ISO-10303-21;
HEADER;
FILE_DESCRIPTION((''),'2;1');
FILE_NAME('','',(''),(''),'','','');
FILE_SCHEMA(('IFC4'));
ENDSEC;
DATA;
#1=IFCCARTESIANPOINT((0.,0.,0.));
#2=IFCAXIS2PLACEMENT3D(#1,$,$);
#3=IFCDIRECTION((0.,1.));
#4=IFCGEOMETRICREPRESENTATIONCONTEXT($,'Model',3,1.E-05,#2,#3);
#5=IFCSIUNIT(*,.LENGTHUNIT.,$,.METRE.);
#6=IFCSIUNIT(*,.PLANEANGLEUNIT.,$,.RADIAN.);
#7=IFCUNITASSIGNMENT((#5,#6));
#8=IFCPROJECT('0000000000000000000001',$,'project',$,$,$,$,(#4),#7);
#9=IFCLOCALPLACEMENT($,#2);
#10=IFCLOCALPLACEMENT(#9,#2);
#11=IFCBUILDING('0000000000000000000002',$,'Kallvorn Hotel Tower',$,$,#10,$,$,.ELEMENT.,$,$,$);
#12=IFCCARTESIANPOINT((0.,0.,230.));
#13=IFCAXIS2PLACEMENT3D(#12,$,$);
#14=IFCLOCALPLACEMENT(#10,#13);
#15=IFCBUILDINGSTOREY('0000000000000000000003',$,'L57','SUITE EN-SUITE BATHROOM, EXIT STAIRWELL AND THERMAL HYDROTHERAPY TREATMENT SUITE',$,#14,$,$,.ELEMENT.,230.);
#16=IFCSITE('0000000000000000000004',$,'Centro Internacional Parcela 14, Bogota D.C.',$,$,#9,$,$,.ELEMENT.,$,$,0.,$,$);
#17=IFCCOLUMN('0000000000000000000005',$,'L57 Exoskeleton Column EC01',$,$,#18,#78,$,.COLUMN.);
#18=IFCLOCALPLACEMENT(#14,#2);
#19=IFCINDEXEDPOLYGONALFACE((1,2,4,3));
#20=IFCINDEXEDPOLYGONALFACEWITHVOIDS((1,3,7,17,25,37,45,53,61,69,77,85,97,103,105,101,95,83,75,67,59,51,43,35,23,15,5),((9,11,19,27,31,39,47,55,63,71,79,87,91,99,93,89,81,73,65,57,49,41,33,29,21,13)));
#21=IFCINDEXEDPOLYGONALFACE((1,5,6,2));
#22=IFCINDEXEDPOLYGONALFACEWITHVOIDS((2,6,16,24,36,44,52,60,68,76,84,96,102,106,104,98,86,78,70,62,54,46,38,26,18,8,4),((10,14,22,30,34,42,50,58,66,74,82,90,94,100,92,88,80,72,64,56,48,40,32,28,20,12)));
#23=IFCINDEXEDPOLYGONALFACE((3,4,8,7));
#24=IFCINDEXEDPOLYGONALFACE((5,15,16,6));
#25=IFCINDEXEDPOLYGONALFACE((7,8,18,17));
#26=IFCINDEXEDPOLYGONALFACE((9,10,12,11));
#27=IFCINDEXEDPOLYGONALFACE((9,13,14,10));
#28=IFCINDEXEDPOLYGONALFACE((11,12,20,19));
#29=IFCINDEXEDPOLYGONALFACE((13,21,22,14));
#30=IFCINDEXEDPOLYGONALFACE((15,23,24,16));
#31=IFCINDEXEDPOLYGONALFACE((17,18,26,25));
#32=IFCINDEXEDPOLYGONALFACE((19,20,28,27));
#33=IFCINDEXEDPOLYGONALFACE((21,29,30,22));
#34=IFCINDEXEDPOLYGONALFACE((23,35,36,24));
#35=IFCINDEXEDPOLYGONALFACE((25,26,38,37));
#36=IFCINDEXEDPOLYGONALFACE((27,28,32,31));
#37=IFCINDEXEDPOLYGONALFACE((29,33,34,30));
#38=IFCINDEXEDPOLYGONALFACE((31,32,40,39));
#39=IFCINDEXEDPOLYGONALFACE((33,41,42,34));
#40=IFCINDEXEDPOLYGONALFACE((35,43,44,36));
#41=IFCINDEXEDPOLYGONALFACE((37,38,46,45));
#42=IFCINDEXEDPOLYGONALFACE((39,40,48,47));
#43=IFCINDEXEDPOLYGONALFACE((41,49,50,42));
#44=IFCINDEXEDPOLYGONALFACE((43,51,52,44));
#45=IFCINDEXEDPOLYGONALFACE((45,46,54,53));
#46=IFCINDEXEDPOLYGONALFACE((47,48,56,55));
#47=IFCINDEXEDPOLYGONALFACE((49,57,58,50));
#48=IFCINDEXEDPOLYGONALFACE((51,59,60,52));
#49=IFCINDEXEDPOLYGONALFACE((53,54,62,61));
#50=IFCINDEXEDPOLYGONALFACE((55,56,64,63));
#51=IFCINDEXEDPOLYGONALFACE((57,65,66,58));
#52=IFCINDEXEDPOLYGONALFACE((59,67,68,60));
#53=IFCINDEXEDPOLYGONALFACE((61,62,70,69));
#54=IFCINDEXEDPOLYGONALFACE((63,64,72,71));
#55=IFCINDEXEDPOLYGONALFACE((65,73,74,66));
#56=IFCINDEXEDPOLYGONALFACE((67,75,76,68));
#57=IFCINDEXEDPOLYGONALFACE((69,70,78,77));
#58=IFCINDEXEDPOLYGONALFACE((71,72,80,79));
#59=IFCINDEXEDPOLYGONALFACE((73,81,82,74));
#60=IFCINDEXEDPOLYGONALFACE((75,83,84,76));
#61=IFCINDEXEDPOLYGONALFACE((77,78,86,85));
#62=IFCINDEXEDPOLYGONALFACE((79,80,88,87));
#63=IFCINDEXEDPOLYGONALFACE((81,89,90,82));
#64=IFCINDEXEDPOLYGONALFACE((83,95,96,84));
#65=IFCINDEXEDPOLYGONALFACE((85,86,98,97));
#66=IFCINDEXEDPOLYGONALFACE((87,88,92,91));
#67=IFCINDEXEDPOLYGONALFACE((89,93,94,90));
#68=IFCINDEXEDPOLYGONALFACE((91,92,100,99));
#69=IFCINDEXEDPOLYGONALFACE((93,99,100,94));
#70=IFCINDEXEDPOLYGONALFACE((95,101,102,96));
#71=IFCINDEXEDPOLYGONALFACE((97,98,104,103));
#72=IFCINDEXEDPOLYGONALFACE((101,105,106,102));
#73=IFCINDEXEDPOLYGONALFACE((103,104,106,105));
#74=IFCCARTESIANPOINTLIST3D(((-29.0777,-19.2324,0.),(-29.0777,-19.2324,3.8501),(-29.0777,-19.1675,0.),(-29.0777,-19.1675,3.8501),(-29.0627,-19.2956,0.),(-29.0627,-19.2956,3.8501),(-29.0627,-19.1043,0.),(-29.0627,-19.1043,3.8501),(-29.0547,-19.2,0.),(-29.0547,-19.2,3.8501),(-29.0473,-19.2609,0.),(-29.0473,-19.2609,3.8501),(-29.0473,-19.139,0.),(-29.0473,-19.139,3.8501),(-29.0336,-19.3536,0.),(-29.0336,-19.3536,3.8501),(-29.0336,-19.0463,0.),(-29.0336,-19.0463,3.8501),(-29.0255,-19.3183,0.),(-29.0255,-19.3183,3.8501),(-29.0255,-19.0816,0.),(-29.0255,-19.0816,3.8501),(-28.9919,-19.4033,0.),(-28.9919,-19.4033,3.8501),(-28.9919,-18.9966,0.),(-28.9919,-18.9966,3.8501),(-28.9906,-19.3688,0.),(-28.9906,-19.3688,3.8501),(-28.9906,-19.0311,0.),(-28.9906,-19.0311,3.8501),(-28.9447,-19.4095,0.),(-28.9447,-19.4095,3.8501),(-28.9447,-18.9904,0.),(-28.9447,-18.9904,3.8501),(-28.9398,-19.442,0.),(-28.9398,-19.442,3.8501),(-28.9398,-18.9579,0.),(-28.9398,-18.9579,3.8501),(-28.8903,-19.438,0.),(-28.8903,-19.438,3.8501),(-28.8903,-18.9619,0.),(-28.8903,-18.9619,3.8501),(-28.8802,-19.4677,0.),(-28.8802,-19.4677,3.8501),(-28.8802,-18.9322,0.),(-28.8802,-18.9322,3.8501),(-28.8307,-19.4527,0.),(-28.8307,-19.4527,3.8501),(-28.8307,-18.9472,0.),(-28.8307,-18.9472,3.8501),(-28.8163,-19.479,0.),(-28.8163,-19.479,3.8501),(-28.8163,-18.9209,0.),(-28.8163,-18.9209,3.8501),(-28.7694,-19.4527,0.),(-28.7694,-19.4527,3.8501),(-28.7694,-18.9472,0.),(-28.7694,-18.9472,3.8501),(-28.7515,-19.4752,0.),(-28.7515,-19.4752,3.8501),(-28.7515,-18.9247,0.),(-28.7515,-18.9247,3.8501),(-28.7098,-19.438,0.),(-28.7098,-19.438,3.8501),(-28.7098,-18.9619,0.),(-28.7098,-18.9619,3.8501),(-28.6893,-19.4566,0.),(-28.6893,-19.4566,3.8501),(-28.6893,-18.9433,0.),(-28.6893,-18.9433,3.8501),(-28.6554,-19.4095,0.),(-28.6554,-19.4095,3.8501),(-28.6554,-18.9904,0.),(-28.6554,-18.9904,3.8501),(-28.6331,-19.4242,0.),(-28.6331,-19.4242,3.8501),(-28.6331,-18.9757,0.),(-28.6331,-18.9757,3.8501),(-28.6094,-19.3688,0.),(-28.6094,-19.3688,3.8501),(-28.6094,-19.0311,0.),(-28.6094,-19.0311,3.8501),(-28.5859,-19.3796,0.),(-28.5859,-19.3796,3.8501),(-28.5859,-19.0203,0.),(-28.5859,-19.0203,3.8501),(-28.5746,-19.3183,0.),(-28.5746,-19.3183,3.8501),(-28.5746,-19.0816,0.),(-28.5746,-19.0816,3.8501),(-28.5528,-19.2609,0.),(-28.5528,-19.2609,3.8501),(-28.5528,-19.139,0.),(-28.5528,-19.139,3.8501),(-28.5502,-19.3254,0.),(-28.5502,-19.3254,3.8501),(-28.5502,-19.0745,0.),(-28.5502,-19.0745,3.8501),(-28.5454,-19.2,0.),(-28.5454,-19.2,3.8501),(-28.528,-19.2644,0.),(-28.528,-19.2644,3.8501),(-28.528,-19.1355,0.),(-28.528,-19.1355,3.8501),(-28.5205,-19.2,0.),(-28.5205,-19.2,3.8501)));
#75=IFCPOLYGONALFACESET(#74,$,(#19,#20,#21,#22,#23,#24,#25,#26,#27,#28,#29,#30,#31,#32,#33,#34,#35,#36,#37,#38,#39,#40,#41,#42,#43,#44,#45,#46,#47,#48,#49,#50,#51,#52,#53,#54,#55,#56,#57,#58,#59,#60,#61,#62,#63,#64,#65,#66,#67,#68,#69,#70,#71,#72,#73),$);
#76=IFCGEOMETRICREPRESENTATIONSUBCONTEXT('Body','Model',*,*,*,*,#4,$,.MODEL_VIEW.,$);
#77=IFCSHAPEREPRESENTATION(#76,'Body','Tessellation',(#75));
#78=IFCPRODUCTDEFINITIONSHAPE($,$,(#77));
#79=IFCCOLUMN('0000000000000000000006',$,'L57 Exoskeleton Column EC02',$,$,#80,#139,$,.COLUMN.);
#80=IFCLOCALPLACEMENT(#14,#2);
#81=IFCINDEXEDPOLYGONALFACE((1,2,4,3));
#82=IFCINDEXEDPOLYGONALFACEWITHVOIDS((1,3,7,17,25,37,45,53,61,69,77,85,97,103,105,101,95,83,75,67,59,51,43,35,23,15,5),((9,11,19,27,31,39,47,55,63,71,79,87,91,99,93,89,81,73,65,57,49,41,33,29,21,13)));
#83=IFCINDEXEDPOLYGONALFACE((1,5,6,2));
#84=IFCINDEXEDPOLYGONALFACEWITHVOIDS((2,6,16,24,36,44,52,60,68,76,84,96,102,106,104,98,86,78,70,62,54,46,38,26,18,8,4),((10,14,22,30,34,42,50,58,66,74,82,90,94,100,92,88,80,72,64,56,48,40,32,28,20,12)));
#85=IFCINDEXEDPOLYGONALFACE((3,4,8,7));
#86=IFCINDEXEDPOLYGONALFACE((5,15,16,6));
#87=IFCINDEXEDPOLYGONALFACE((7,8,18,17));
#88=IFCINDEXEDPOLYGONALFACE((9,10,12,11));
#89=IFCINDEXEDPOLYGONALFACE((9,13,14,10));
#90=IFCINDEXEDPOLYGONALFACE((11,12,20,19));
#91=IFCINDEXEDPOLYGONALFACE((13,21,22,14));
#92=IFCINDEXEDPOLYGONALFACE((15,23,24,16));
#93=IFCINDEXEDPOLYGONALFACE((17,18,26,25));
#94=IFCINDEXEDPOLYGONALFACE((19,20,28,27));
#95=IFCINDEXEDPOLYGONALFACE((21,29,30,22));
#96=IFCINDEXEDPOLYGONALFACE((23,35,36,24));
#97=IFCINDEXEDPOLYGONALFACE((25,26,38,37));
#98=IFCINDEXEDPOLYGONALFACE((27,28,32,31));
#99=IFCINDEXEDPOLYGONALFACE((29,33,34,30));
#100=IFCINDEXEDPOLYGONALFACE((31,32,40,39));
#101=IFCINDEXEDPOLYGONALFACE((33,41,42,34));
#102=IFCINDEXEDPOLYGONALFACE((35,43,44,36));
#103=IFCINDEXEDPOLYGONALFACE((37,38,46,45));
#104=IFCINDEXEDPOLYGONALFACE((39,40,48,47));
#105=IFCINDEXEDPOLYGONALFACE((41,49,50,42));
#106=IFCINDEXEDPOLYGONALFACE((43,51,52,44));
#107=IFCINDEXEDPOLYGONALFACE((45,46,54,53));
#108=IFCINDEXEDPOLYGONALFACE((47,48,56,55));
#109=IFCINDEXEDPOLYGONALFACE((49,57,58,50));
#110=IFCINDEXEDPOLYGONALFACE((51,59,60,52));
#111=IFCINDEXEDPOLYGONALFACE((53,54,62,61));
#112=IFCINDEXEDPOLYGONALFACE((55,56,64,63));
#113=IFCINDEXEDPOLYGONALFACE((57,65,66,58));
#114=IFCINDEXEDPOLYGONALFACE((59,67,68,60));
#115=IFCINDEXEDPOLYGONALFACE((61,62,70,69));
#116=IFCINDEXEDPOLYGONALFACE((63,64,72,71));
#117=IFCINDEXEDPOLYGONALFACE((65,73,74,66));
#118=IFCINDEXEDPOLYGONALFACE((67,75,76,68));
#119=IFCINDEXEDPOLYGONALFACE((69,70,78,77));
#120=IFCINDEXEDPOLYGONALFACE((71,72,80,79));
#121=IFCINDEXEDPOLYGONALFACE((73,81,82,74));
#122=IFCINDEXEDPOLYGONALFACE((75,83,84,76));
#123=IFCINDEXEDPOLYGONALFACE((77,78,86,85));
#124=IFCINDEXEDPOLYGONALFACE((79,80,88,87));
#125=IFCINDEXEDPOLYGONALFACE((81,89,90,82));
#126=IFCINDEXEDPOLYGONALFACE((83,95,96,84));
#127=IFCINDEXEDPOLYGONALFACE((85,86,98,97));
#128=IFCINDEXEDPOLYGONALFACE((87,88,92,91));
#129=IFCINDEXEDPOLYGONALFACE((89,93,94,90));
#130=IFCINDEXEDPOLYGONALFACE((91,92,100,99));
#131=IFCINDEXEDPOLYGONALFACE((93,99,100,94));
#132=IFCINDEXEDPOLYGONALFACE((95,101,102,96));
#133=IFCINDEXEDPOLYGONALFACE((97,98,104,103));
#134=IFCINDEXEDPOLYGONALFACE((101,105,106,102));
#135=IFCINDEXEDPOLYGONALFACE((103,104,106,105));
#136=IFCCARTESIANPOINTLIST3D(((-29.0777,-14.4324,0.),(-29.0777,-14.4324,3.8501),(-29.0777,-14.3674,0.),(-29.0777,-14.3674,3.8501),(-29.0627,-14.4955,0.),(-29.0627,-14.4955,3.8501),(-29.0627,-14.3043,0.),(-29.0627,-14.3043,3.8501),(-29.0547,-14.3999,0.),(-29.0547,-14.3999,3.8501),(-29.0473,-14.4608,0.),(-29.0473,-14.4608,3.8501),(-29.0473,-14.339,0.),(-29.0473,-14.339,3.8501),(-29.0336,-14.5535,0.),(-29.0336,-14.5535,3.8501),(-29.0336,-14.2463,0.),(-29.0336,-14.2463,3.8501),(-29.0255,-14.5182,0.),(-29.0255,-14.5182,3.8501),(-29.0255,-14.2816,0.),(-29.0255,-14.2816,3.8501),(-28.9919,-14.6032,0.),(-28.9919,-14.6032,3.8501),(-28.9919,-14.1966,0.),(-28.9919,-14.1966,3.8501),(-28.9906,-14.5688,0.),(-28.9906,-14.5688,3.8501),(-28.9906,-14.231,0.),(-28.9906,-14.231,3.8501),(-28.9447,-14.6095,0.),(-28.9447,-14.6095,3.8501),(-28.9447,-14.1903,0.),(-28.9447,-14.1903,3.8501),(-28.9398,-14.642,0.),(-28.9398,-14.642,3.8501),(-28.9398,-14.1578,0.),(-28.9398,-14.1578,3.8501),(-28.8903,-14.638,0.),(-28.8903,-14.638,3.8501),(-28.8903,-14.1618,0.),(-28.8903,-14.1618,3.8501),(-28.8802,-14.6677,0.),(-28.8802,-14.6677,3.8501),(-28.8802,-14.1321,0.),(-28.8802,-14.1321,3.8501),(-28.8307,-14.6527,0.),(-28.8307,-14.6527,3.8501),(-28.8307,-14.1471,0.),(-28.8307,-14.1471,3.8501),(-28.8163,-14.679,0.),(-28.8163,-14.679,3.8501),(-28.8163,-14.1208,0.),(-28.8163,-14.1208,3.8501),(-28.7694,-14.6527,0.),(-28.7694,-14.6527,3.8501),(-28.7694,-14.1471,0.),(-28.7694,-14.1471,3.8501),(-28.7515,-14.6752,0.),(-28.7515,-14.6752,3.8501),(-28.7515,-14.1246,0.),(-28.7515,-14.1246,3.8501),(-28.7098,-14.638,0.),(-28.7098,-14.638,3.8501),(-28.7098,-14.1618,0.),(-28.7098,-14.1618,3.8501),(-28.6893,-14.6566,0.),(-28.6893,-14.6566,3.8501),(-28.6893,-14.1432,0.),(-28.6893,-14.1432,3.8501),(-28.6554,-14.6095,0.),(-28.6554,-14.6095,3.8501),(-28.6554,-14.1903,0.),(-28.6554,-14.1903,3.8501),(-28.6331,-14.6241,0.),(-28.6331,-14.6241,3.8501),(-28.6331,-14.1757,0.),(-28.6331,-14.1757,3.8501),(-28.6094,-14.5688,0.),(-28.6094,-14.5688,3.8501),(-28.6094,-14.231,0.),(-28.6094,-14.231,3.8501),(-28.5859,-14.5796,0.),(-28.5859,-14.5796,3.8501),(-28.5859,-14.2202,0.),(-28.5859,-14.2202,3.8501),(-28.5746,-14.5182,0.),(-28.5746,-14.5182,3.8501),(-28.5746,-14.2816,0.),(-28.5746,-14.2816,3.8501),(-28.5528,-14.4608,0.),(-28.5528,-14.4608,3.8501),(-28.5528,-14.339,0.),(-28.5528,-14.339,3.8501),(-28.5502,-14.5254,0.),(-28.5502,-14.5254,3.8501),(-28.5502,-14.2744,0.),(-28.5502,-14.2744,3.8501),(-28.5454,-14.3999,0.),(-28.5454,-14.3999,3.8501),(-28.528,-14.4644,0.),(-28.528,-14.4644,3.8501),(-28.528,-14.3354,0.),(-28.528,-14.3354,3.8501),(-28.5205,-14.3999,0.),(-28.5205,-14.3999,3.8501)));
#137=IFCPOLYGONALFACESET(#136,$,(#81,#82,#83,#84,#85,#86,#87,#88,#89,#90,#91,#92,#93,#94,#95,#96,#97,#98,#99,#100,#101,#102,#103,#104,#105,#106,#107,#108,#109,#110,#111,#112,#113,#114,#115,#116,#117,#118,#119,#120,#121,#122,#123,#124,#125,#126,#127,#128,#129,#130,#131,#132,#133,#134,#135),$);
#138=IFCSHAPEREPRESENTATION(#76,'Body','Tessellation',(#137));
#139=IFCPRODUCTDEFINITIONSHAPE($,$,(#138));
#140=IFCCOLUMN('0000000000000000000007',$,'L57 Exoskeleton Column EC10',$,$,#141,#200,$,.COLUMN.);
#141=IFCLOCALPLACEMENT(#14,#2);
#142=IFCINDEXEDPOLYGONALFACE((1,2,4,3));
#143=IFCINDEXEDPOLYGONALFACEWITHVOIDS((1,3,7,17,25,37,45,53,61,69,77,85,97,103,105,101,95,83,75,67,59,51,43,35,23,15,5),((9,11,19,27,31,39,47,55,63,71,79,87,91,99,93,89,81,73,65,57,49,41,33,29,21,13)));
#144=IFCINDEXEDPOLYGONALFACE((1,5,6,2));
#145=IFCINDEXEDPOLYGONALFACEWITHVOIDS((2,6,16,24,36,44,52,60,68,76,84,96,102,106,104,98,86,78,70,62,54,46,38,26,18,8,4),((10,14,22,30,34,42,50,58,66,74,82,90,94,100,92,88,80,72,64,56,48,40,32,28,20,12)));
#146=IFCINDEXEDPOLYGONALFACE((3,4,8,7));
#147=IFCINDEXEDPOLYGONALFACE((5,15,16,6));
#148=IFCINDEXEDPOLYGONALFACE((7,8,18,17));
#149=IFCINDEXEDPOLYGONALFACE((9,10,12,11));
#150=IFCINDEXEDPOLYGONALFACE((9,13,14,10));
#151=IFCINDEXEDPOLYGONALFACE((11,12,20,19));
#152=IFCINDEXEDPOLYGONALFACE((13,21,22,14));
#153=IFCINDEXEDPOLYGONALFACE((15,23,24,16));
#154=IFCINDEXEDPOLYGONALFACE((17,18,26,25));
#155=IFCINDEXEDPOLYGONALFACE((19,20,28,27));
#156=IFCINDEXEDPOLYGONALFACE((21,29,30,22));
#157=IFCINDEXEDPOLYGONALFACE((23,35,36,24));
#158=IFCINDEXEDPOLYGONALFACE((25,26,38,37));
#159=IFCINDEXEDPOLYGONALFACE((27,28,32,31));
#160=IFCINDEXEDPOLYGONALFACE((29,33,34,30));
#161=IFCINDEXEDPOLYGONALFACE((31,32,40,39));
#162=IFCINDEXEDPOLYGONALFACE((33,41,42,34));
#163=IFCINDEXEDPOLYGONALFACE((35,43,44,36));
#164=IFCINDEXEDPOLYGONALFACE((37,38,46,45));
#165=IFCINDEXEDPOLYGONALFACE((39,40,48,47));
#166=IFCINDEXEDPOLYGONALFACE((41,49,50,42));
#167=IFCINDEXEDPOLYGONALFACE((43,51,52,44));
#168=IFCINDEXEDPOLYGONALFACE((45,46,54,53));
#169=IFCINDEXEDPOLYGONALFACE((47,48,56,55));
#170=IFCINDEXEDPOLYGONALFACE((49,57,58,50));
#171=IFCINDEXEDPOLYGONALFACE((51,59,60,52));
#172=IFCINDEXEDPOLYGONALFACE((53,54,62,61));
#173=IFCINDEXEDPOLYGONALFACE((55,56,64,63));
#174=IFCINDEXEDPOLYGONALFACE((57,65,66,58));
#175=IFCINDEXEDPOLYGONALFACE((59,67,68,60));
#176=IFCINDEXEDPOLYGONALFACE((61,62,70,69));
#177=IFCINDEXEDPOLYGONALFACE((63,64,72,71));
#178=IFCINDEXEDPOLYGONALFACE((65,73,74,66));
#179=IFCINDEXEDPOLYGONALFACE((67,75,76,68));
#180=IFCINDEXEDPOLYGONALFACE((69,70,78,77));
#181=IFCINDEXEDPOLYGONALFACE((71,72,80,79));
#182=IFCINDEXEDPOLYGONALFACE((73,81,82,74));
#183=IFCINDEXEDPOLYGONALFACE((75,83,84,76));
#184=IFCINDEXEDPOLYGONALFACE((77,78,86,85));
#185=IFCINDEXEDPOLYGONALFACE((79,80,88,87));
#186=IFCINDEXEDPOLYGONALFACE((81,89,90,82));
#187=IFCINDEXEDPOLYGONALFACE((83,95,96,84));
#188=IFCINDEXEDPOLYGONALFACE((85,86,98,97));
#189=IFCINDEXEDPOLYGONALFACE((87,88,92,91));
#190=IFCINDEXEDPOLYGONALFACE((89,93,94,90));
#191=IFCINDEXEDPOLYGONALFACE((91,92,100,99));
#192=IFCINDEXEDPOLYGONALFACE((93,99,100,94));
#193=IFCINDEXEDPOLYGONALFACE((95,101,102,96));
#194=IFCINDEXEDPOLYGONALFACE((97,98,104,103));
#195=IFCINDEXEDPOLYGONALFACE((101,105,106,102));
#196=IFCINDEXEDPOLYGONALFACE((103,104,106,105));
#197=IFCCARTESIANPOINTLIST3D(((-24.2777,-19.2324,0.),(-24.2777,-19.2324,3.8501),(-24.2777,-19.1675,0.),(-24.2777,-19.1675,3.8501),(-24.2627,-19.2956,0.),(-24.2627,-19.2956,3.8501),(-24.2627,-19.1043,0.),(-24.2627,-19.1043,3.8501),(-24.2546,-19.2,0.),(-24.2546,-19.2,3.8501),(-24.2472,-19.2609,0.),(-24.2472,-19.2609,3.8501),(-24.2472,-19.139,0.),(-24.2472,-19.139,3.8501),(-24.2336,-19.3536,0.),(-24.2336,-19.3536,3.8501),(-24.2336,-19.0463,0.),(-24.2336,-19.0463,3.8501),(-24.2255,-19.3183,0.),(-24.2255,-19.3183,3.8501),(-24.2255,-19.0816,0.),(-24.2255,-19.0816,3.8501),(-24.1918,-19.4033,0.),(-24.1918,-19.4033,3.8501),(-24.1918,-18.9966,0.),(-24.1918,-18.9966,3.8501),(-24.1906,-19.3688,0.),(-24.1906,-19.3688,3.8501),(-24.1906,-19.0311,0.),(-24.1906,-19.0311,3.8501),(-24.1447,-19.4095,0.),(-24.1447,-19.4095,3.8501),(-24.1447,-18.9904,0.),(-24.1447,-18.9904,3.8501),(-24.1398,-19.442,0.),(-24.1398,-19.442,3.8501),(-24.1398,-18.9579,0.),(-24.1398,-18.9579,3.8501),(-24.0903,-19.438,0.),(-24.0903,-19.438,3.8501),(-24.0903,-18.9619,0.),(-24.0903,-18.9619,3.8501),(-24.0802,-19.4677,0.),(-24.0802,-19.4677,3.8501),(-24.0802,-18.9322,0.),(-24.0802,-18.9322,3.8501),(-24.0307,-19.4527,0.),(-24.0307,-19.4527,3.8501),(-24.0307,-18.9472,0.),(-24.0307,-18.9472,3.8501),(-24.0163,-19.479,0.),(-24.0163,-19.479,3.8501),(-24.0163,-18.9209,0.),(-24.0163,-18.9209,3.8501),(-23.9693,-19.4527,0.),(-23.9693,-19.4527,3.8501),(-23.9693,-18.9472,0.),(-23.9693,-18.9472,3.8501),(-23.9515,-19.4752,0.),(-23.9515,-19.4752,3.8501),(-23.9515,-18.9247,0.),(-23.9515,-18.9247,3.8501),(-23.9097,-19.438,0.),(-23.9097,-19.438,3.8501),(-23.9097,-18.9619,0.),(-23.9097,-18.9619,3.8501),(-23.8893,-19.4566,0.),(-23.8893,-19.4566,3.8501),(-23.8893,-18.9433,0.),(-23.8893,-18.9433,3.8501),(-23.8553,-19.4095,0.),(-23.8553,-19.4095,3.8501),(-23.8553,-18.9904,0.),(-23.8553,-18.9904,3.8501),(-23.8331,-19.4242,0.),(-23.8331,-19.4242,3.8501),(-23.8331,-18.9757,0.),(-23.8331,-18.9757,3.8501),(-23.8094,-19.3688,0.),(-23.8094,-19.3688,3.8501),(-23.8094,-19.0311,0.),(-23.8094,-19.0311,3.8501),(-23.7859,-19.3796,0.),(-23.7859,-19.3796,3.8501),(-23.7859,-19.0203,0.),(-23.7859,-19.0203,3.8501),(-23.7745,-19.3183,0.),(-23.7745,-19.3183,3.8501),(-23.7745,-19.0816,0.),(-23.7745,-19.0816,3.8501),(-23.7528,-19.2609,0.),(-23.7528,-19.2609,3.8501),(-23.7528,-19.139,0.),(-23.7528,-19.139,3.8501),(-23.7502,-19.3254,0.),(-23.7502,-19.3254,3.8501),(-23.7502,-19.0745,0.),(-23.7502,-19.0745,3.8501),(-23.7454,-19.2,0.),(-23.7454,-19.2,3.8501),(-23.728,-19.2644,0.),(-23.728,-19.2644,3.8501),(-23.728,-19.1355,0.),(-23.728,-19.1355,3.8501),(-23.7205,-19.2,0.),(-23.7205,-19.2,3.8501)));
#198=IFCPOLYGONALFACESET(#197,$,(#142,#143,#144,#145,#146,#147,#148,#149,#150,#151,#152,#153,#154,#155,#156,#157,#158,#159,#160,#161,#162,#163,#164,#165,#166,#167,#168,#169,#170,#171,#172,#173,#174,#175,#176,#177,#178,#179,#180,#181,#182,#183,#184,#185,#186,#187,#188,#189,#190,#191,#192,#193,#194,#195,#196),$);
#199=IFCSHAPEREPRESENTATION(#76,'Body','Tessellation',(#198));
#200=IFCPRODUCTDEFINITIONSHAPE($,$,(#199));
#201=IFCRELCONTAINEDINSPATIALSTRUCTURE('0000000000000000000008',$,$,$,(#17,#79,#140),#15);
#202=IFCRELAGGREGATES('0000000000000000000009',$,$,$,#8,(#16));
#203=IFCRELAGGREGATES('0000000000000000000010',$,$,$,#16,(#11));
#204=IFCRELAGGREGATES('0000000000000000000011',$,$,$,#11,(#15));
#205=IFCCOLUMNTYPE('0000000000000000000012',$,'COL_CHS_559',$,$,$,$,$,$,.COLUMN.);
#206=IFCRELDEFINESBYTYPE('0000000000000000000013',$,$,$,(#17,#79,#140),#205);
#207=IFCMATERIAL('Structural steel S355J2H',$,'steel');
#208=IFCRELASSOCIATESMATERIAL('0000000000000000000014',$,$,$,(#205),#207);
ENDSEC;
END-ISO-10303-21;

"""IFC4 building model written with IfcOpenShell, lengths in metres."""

from ifc_helpers import new_model, si_unit, direction, frame, origin, origin_2d, place, context, subcontext, project, spatial, hollow_circle, extrude, material, material_profile, profile_set, type_object, element, save


model = new_model("IFC4")

# Units and contexts
model_context = context("Model", 3, precision=1e-05, world=origin(), true_north=direction((0.0, 1.0)))
body_context = subcontext(model_context, "Body", "Model", "MODEL_VIEW")
ifc_project = project(units=[si_unit("LENGTHUNIT", "METRE"), si_unit("PLANEANGLEUNIT", "RADIAN")], contexts=[model_context])

# Site, building, storey
site_placement = place(None, origin())
site = spatial("IfcSite", under=ifc_project, at=site_placement, Name="Centro Internacional Parcela 14, Bogota D.C.", CompositionType="ELEMENT", RefElevation=0.0)
building_placement = place(site_placement, origin())
building = spatial("IfcBuilding", under=site, at=building_placement, Name="Kallvorn Hotel Tower", CompositionType="ELEMENT")
storey_placement = place(building_placement, frame((0.0, 0.0, 230.0)))
storey = spatial("IfcBuildingStorey", under=building, at=storey_placement, Name="L57", Description="SUITE EN-SUITE BATHROOM, EXIT STAIRWELL AND THERMAL HYDROTHERAPY TREATMENT SUITE", CompositionType="ELEMENT", Elevation=230.0)

# Columns
ifc_material_1 = material(Name="Structural steel S355J2H", Category="steel")
ifc_material_profile_1 = material_profile(ifc_material_1, hollow_circle(Radius=0.2795, WallThickness=0.0249, at=origin_2d()), Name="CHS 559x25")
ifc_profile_set_1 = profile_set([ifc_material_profile_1], Name="Structural steel S355J2H")
column_type_1 = type_object("IfcColumnType", Name="COL_CHS_559", PredefinedType="COLUMN", material=ifc_profile_set_1)
for number, where, z_axis, x_axis, name in (
    (1, (-28.8, -19.2, 0.0), (0.0, 0.0, 1.0), (1.0, 0.0, 0.0), "L57 Exoskeleton Column EC01"),
    (2, (-28.8, -14.3999, 0.0), (0.0, 0.0, 1.0), (1.0, 0.0, 0.0), "L57 Exoskeleton Column EC02"),
    (3, (-24.0, -19.2, 0.0), (0.0, 0.0, 1.0), (1.0, 0.0, 0.0), "L57 Exoskeleton Column EC10"),
):
    element("IfcColumn", number, at=place(storey_placement, frame(where, z_axis=z_axis, x_axis=x_axis)), inside=storey, type_object=column_type_1, Name=name, PredefinedType="COLUMN", context=body_context, shape_type="SweptSolid", body=[
        extrude(hollow_circle(Radius=0.2795, WallThickness=0.0249, at=origin_2d()), origin(), (0.0, 0.0, 1.0), 3.8501),
    ])

save(model, "model.ifc")
